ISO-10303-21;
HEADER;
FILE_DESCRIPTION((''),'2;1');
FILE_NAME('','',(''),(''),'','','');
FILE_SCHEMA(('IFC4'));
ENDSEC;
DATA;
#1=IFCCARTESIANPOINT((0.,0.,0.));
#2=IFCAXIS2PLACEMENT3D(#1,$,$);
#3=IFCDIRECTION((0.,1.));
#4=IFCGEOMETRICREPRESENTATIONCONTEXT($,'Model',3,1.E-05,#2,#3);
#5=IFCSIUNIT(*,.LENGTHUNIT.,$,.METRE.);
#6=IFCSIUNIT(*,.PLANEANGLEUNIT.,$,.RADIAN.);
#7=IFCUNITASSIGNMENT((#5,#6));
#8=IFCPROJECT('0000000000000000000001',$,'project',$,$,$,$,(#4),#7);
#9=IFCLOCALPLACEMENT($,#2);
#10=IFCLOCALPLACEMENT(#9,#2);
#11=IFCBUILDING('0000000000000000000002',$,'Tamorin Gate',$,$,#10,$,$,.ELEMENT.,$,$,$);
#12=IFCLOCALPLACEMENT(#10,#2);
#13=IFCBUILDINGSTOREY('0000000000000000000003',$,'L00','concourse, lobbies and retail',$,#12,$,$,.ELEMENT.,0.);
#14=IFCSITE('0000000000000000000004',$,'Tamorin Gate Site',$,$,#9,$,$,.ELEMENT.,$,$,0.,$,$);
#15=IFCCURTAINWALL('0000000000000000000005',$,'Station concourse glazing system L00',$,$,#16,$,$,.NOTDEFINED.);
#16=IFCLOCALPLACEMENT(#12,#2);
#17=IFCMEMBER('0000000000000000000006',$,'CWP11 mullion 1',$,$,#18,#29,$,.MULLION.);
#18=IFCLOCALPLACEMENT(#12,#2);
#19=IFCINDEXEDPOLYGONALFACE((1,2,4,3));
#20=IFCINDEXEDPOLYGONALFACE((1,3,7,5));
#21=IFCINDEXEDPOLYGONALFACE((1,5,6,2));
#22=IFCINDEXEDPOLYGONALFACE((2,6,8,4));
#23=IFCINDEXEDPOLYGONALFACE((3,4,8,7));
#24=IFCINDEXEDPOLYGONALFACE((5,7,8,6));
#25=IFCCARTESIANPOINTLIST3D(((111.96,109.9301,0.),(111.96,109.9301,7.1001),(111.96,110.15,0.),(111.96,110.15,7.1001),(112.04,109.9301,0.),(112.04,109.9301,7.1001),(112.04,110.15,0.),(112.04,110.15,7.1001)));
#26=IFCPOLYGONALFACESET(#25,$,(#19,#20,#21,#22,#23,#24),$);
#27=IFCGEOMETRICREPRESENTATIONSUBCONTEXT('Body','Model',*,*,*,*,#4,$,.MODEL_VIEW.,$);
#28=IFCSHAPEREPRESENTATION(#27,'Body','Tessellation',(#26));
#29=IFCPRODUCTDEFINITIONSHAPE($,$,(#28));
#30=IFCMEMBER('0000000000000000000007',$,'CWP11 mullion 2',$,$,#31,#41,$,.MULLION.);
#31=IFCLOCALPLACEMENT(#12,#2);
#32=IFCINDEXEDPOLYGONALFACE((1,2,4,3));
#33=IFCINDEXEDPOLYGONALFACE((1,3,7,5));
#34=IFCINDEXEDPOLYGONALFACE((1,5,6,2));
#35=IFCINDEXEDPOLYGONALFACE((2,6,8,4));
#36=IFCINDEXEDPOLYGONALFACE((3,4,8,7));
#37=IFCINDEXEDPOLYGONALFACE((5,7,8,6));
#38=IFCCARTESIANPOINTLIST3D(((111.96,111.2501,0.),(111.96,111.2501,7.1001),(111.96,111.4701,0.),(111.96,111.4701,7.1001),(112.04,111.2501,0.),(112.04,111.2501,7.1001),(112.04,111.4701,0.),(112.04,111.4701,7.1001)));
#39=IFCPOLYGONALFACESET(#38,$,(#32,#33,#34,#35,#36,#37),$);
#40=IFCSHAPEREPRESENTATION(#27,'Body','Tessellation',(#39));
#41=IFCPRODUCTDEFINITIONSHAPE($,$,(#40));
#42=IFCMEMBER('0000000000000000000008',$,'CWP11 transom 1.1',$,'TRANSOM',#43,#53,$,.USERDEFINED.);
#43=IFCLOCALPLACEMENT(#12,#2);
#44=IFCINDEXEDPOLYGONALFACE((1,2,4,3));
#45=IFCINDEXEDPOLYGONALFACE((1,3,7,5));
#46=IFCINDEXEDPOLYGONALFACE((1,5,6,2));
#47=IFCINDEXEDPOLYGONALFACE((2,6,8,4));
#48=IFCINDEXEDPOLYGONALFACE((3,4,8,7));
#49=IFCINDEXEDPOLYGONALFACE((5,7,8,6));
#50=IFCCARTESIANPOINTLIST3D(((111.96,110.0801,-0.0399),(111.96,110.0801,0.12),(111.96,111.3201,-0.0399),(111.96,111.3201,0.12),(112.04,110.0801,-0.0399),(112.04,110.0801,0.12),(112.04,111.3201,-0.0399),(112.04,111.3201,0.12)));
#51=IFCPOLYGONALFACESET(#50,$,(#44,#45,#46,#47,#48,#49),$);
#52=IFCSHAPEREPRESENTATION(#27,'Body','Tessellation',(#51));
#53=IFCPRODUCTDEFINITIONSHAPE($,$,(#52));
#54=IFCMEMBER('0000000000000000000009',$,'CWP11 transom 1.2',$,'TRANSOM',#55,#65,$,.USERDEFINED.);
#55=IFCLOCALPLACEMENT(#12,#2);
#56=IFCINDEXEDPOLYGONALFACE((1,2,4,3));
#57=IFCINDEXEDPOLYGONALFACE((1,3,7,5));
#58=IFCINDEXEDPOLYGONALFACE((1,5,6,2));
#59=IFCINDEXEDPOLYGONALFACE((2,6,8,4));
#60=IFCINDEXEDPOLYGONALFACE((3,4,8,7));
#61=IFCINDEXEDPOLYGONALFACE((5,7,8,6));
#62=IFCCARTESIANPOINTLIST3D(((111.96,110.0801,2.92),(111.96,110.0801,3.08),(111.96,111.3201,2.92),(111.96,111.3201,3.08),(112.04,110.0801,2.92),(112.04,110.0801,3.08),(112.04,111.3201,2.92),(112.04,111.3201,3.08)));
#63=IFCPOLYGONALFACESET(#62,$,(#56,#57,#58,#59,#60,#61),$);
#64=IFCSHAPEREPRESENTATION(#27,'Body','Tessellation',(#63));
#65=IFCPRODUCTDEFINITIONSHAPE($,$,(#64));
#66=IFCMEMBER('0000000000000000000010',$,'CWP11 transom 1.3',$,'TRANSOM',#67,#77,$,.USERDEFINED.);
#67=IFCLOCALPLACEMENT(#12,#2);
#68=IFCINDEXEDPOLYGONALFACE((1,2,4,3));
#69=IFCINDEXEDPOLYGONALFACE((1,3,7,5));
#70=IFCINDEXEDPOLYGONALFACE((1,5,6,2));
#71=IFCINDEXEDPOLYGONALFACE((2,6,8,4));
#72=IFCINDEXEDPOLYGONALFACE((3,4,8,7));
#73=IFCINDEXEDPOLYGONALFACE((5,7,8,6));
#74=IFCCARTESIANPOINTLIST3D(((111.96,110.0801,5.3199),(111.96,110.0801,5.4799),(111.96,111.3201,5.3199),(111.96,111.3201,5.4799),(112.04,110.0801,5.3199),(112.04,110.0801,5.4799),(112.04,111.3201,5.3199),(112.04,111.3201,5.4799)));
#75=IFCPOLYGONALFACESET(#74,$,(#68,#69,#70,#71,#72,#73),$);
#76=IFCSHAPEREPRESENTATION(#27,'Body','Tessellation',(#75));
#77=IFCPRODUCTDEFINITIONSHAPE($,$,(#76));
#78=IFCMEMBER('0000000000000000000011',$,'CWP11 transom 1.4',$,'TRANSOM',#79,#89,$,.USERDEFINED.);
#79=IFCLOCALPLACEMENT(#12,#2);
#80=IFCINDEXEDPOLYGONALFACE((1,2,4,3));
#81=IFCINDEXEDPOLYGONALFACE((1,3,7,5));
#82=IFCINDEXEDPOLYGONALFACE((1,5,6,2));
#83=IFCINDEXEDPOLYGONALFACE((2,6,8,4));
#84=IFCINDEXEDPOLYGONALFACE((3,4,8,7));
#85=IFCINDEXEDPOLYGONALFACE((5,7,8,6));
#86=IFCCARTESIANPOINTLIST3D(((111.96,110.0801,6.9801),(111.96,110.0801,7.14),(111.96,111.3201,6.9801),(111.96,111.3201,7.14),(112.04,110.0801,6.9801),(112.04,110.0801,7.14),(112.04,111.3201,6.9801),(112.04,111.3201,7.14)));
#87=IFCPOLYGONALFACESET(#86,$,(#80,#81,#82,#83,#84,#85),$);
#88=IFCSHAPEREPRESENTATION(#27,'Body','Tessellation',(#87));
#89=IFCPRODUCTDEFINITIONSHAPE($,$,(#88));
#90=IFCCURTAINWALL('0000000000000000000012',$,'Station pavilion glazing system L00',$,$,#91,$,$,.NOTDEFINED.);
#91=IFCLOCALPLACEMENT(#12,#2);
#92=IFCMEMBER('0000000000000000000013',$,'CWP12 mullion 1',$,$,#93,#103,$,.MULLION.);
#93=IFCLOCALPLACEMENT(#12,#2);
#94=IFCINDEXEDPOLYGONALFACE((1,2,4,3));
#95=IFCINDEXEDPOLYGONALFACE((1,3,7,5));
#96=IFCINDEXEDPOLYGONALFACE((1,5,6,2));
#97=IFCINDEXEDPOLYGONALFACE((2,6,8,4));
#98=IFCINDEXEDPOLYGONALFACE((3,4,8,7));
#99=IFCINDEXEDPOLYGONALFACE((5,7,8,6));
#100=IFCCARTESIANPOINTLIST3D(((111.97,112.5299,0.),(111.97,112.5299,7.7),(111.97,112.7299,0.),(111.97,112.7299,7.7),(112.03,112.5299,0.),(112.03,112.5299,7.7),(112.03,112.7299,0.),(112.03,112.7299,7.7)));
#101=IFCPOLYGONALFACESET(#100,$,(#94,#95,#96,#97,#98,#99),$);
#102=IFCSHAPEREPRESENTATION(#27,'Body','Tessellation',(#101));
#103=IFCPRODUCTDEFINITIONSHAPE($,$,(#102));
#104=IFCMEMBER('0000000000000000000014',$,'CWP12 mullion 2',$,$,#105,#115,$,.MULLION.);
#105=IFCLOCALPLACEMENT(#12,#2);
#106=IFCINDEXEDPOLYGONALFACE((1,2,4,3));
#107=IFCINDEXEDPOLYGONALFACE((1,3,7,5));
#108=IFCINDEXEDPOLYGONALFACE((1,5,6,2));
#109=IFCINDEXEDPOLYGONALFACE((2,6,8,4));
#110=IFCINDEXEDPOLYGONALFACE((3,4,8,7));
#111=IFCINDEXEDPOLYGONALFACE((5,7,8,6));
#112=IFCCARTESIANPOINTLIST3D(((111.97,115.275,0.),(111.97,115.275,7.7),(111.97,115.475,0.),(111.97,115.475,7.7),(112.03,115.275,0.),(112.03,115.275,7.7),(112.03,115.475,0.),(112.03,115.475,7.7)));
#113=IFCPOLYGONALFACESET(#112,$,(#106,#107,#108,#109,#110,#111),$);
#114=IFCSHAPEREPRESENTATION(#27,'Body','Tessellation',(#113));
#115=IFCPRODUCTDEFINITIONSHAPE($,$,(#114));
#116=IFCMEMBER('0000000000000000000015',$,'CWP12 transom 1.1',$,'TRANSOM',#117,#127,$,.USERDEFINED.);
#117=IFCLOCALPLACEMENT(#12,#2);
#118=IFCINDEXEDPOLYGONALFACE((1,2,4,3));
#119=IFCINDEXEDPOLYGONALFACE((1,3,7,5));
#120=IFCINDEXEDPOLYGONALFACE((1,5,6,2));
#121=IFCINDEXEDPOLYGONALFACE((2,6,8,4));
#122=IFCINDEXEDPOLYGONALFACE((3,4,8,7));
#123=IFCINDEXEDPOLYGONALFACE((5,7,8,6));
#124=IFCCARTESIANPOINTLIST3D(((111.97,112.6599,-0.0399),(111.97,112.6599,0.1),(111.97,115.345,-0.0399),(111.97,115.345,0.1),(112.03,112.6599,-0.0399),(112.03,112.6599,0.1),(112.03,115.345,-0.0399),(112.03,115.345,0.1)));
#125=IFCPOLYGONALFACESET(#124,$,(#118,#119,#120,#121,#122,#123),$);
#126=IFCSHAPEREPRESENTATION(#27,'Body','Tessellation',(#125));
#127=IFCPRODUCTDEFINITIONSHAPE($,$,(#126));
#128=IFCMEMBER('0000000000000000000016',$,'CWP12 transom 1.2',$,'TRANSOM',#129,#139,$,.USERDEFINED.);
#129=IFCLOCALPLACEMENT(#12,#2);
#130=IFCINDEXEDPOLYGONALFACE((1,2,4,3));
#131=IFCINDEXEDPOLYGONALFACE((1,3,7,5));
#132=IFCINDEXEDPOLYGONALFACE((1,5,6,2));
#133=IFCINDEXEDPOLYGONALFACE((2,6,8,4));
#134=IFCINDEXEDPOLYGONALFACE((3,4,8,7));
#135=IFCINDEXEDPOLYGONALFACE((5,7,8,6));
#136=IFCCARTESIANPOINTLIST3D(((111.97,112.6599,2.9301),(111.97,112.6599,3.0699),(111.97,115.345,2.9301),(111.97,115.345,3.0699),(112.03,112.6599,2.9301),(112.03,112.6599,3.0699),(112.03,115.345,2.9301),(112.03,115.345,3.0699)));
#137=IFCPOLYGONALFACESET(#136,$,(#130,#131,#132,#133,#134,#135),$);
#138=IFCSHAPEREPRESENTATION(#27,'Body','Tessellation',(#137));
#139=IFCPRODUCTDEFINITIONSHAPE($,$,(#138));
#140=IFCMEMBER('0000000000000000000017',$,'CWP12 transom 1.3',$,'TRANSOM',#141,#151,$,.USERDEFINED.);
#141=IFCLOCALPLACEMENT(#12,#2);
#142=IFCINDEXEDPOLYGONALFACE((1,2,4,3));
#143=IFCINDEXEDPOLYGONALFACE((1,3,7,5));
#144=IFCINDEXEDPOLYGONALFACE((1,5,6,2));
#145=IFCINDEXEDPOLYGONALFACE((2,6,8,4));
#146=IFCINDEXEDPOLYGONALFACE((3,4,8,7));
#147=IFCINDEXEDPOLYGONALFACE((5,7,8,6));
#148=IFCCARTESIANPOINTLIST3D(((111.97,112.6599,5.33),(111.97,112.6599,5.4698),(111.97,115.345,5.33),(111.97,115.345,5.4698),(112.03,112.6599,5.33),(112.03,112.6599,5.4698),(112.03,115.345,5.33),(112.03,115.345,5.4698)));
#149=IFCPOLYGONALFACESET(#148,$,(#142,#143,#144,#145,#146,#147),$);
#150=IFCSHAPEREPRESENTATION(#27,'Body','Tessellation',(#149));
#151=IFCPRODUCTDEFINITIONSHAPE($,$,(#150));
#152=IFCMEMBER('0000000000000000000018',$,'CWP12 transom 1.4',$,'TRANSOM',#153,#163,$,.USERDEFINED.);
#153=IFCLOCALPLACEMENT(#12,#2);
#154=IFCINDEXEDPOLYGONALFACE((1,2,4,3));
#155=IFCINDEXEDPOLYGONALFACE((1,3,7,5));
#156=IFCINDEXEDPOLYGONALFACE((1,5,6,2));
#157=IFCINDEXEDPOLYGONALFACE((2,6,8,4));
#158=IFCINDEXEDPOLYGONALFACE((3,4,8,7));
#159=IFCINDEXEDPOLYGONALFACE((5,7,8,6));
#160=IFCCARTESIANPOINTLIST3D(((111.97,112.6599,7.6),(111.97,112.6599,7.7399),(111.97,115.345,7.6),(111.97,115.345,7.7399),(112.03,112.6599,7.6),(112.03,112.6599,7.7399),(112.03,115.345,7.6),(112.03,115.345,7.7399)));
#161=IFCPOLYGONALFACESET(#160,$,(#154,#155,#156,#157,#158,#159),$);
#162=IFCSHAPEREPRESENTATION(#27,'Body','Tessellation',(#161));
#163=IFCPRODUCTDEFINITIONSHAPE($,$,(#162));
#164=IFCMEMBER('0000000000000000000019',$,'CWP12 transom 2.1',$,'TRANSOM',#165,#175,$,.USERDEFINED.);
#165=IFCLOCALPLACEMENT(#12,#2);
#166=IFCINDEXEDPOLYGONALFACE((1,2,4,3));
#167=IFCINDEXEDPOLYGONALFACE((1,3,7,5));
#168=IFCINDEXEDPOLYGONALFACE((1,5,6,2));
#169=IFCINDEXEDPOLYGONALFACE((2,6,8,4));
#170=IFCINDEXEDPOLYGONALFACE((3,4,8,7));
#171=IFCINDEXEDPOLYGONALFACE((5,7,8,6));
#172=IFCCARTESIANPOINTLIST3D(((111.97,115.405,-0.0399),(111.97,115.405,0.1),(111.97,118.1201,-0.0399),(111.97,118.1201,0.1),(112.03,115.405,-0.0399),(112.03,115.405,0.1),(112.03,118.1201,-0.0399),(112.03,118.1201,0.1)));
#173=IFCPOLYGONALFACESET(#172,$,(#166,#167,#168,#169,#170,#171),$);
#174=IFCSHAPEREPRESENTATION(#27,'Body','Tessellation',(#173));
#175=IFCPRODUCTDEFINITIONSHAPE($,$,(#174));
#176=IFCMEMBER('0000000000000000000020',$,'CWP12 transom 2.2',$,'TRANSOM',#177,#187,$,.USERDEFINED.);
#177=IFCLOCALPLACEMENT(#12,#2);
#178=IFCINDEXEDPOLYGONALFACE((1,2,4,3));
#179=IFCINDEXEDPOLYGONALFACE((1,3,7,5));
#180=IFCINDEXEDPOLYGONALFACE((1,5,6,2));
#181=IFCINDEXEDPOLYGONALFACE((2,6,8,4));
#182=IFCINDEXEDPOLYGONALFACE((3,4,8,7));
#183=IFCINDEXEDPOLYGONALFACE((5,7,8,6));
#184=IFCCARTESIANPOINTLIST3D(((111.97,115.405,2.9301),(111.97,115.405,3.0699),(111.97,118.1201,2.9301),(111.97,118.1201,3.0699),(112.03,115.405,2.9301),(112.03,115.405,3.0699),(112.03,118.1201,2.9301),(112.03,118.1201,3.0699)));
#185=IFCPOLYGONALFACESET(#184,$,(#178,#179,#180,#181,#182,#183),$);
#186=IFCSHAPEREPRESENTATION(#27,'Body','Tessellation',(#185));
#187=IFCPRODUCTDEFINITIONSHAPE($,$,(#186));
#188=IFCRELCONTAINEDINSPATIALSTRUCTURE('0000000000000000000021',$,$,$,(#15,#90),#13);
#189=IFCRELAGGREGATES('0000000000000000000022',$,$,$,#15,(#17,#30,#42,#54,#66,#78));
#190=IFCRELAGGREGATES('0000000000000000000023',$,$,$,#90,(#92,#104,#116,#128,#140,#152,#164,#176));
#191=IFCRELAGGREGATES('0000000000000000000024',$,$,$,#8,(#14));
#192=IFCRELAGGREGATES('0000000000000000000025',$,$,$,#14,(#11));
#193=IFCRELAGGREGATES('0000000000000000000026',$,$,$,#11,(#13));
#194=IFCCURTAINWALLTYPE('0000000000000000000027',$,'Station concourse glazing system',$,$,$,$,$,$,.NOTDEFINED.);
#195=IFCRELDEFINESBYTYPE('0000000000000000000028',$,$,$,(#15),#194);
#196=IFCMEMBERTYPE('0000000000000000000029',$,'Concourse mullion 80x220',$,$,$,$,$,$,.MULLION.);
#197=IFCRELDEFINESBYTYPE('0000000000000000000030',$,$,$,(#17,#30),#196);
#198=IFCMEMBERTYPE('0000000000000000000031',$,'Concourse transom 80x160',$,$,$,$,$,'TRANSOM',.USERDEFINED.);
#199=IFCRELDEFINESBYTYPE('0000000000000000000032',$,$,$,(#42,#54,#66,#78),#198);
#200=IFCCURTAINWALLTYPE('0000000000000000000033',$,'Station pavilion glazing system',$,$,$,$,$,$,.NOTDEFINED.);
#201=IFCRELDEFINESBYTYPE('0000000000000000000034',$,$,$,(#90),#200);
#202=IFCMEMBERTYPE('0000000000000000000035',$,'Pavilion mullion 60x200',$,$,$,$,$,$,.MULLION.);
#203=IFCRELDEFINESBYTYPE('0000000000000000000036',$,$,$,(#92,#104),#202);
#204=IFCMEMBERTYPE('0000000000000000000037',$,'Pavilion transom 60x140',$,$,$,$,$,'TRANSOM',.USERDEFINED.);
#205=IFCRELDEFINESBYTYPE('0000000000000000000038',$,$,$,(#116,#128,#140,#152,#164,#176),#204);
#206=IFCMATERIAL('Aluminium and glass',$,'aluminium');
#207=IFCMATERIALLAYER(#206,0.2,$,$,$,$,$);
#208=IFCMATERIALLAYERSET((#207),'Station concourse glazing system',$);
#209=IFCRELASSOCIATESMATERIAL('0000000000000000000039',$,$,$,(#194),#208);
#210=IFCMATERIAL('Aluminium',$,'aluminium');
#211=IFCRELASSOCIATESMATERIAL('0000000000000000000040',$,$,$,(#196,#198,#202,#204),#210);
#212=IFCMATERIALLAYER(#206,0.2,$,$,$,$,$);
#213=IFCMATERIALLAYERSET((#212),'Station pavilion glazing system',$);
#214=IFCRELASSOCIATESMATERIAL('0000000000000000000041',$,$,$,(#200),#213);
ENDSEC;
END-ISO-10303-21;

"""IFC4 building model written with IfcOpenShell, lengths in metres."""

from ifc_helpers import new_model, si_unit, direction, frame, origin, origin_2d, place, context, subcontext, project, spatial, rectangle, extrude, material, layer, layer_set, material_profile, profile_set, type_object, element, aggregate, save


model = new_model("IFC4")

# Units and contexts
model_context = context("Model", 3, precision=1e-05, world=origin(), true_north=direction((0.0, 1.0)))
body_context = subcontext(model_context, "Body", "Model", "MODEL_VIEW")
ifc_project = project(units=[si_unit("LENGTHUNIT", "METRE"), si_unit("PLANEANGLEUNIT", "RADIAN")], contexts=[model_context])

# Site, building, storey
site_placement = place(None, origin())
site = spatial("IfcSite", under=ifc_project, at=site_placement, Name="Tamorin Gate Site", CompositionType="ELEMENT", RefElevation=0.0)
building_placement = place(site_placement, origin())
building = spatial("IfcBuilding", under=site, at=building_placement, Name="Tamorin Gate", CompositionType="ELEMENT")
storey_placement = place(building_placement, origin())
storey = spatial("IfcBuildingStorey", under=building, at=storey_placement, Name="L00", Description="concourse, lobbies and retail", CompositionType="ELEMENT", Elevation=0.0)

# Curtain walls, members
ifc_material_1 = material(Name="Aluminium and glass", Category="aluminium")
ifc_layer_1 = layer(ifc_material_1, 0.2)
ifc_layer_set_1 = layer_set([ifc_layer_1], Name="Station concourse glazing system")
curtain_wall_type_1 = type_object("IfcCurtainWallType", Name="Station concourse glazing system", PredefinedType="NOTDEFINED", material=ifc_layer_set_1)
curtain_wall_1_placement = place(storey_placement, origin())
curtain_wall_1 = element("IfcCurtainWall", 1, at=curtain_wall_1_placement, inside=storey, type_object=curtain_wall_type_1, Name="Station concourse glazing system L00", PredefinedType="NOTDEFINED")
ifc_material_2 = material(Name="Aluminium", Category="aluminium")
ifc_material_profile_1 = material_profile(ifc_material_2, rectangle(XDim=0.0801, YDim=0.22, at=origin_2d()), Name="RECT 80x220")
ifc_profile_set_1 = profile_set([ifc_material_profile_1], Name="Aluminium")
member_type_1 = type_object("IfcMemberType", Name="Concourse mullion 80x220", PredefinedType="MULLION", material=ifc_profile_set_1)
member_1_placement = place(storey_placement, frame((112.0, 110.04, 0.0), z_axis=(0.0, 0.0, 1.0), x_axis=(-1.0, 0.0, 0.0)))
member_1 = element("IfcMember", 2, at=member_1_placement, type_object=member_type_1, Name="CWP11 mullion 1", PredefinedType="MULLION", context=body_context, shape_type="SweptSolid", body=[
    extrude(rectangle(XDim=0.0801, YDim=0.22, at=origin_2d()), origin(), (0.0, 0.0, 1.0), 7.1001),
])
member_2_placement = place(storey_placement, frame((112.0, 111.3601, 0.0), z_axis=(0.0, 0.0, 1.0), x_axis=(-1.0, 0.0, 0.0)))
member_2 = element("IfcMember", 3, at=member_2_placement, type_object=member_type_1, Name="CWP11 mullion 2", PredefinedType="MULLION", context=body_context, shape_type="SweptSolid", body=[
    extrude(rectangle(XDim=0.0801, YDim=0.22, at=origin_2d()), origin(), (0.0, 0.0, 1.0), 7.1001),
])
ifc_material_profile_2 = material_profile(ifc_material_2, rectangle(XDim=0.0801, YDim=0.1599, at=origin_2d()), Name="RECT 80x160")
ifc_profile_set_2 = profile_set([ifc_material_profile_2], Name="Aluminium")
member_type_2 = type_object("IfcMemberType", Name="Concourse transom 80x160", ElementType="TRANSOM", PredefinedType="USERDEFINED", material=ifc_profile_set_2)
member_3_placement = place(storey_placement, frame((112.0, 110.0801, 0.04), z_axis=(0.0, 1.0, 0.0), x_axis=(-1.0, 0.0, 0.0)))
member_3 = element("IfcMember", 4, at=member_3_placement, type_object=member_type_2, Name="CWP11 transom 1.1", ObjectType="TRANSOM", PredefinedType="USERDEFINED", context=body_context, shape_type="SweptSolid", body=[
    extrude(rectangle(XDim=0.0801, YDim=0.1599, at=origin_2d()), origin(), (0.0, 0.0, 1.0), 1.24),
])
member_4_placement = place(storey_placement, frame((112.0, 110.0801, 3.0), z_axis=(0.0, 1.0, 0.0), x_axis=(-1.0, 0.0, 0.0)))
member_4 = element("IfcMember", 5, at=member_4_placement, type_object=member_type_2, Name="CWP11 transom 1.2", ObjectType="TRANSOM", PredefinedType="USERDEFINED", context=body_context, shape_type="SweptSolid", body=[
    extrude(rectangle(XDim=0.0801, YDim=0.1599, at=origin_2d()), origin(), (0.0, 0.0, 1.0), 1.24),
])
member_5_placement = place(storey_placement, frame((112.0, 110.0801, 5.3999), z_axis=(0.0, 1.0, 0.0), x_axis=(-1.0, 0.0, 0.0)))
member_5 = element("IfcMember", 6, at=member_5_placement, type_object=member_type_2, Name="CWP11 transom 1.3", ObjectType="TRANSOM", PredefinedType="USERDEFINED", context=body_context, shape_type="SweptSolid", body=[
    extrude(rectangle(XDim=0.0801, YDim=0.1599, at=origin_2d()), origin(), (0.0, 0.0, 1.0), 1.24),
])
member_6_placement = place(storey_placement, frame((112.0, 110.0801, 7.0601), z_axis=(0.0, 1.0, 0.0), x_axis=(-1.0, 0.0, 0.0)))
member_6 = element("IfcMember", 7, at=member_6_placement, type_object=member_type_2, Name="CWP11 transom 1.4", ObjectType="TRANSOM", PredefinedType="USERDEFINED", context=body_context, shape_type="SweptSolid", body=[
    extrude(rectangle(XDim=0.0801, YDim=0.1599, at=origin_2d()), origin(), (0.0, 0.0, 1.0), 1.24),
])
ifc_layer_2 = layer(ifc_material_1, 0.2)
ifc_layer_set_2 = layer_set([ifc_layer_2], Name="Station pavilion glazing system")
curtain_wall_type_2 = type_object("IfcCurtainWallType", Name="Station pavilion glazing system", PredefinedType="NOTDEFINED", material=ifc_layer_set_2)
curtain_wall_2_placement = place(storey_placement, origin())
curtain_wall_2 = element("IfcCurtainWall", 8, at=curtain_wall_2_placement, inside=storey, type_object=curtain_wall_type_2, Name="Station pavilion glazing system L00", PredefinedType="NOTDEFINED")
ifc_material_profile_3 = material_profile(ifc_material_2, rectangle(XDim=0.0601, YDim=0.2, at=origin_2d()), Name="RECT 60x200")
ifc_profile_set_3 = profile_set([ifc_material_profile_3], Name="Aluminium")
member_type_3 = type_object("IfcMemberType", Name="Pavilion mullion 60x200", PredefinedType="MULLION", material=ifc_profile_set_3)
member_7_placement = place(storey_placement, frame((112.0, 112.6299, 0.0), z_axis=(0.0, 0.0, 1.0), x_axis=(-1.0, 0.0, 0.0)))
member_7 = element("IfcMember", 9, at=member_7_placement, type_object=member_type_3, Name="CWP12 mullion 1", PredefinedType="MULLION", context=body_context, shape_type="SweptSolid", body=[
    extrude(rectangle(XDim=0.0601, YDim=0.2, at=origin_2d()), origin(), (0.0, 0.0, 1.0), 7.7),
])
member_8_placement = place(storey_placement, frame((112.0, 115.375, 0.0), z_axis=(0.0, 0.0, 1.0), x_axis=(-1.0, 0.0, 0.0)))
member_8 = element("IfcMember", 10, at=member_8_placement, type_object=member_type_3, Name="CWP12 mullion 2", PredefinedType="MULLION", context=body_context, shape_type="SweptSolid", body=[
    extrude(rectangle(XDim=0.0601, YDim=0.2, at=origin_2d()), origin(), (0.0, 0.0, 1.0), 7.7),
])
ifc_material_profile_4 = material_profile(ifc_material_2, rectangle(XDim=0.0601, YDim=0.1399, at=origin_2d()), Name="RECT 60x140")
ifc_profile_set_4 = profile_set([ifc_material_profile_4], Name="Aluminium")
member_type_4 = type_object("IfcMemberType", Name="Pavilion transom 60x140", ElementType="TRANSOM", PredefinedType="USERDEFINED", material=ifc_profile_set_4)
member_9_placement = place(storey_placement, frame((112.0, 112.6599, 0.03), z_axis=(0.0, 1.0, 0.0), x_axis=(-1.0, 0.0, 0.0)))
member_9 = element("IfcMember", 11, at=member_9_placement, type_object=member_type_4, Name="CWP12 transom 1.1", ObjectType="TRANSOM", PredefinedType="USERDEFINED", context=body_context, shape_type="SweptSolid", body=[
    extrude(rectangle(XDim=0.0601, YDim=0.1399, at=origin_2d()), origin(), (0.0, 0.0, 1.0), 2.6851),
])
member_10_placement = place(storey_placement, frame((112.0, 112.6599, 3.0), z_axis=(0.0, 1.0, 0.0), x_axis=(-1.0, 0.0, 0.0)))
member_10 = element("IfcMember", 12, at=member_10_placement, type_object=member_type_4, Name="CWP12 transom 1.2", ObjectType="TRANSOM", PredefinedType="USERDEFINED", context=body_context, shape_type="SweptSolid", body=[
    extrude(rectangle(XDim=0.0601, YDim=0.1399, at=origin_2d()), origin(), (0.0, 0.0, 1.0), 2.6851),
])
member_11_placement = place(storey_placement, frame((112.0, 112.6599, 5.3999), z_axis=(0.0, 1.0, 0.0), x_axis=(-1.0, 0.0, 0.0)))
member_11 = element("IfcMember", 13, at=member_11_placement, type_object=member_type_4, Name="CWP12 transom 1.3", ObjectType="TRANSOM", PredefinedType="USERDEFINED", context=body_context, shape_type="SweptSolid", body=[
    extrude(rectangle(XDim=0.0601, YDim=0.1399, at=origin_2d()), origin(), (0.0, 0.0, 1.0), 2.6851),
])
member_12_placement = place(storey_placement, frame((112.0, 112.6599, 7.6699), z_axis=(0.0, 1.0, 0.0), x_axis=(-1.0, 0.0, 0.0)))
member_12 = element("IfcMember", 14, at=member_12_placement, type_object=member_type_4, Name="CWP12 transom 1.4", ObjectType="TRANSOM", PredefinedType="USERDEFINED", context=body_context, shape_type="SweptSolid", body=[
    extrude(rectangle(XDim=0.0601, YDim=0.1399, at=origin_2d()), origin(), (0.0, 0.0, 1.0), 2.6851),
])
member_13_placement = place(storey_placement, frame((112.0, 115.405, 0.03), z_axis=(0.0, 1.0, 0.0), x_axis=(-1.0, 0.0, 0.0)))
member_13 = element("IfcMember", 15, at=member_13_placement, type_object=member_type_4, Name="CWP12 transom 2.1", ObjectType="TRANSOM", PredefinedType="USERDEFINED", context=body_context, shape_type="SweptSolid", body=[
    extrude(rectangle(XDim=0.0601, YDim=0.1399, at=origin_2d()), origin(), (0.0, 0.0, 1.0), 2.7151),
])
member_14_placement = place(storey_placement, frame((112.0, 115.405, 3.0), z_axis=(0.0, 1.0, 0.0), x_axis=(-1.0, 0.0, 0.0)))
member_14 = element("IfcMember", 16, at=member_14_placement, type_object=member_type_4, Name="CWP12 transom 2.2", ObjectType="TRANSOM", PredefinedType="USERDEFINED", context=body_context, shape_type="SweptSolid", body=[
    extrude(rectangle(XDim=0.0601, YDim=0.1399, at=origin_2d()), origin(), (0.0, 0.0, 1.0), 2.7151),
])

aggregate(curtain_wall_1, [member_1, member_2, member_3, member_4, member_5, member_6])
aggregate(curtain_wall_2, [member_7, member_8, member_9, member_10, member_11, member_12, member_13, member_14])

save(model, "model.ifc")
